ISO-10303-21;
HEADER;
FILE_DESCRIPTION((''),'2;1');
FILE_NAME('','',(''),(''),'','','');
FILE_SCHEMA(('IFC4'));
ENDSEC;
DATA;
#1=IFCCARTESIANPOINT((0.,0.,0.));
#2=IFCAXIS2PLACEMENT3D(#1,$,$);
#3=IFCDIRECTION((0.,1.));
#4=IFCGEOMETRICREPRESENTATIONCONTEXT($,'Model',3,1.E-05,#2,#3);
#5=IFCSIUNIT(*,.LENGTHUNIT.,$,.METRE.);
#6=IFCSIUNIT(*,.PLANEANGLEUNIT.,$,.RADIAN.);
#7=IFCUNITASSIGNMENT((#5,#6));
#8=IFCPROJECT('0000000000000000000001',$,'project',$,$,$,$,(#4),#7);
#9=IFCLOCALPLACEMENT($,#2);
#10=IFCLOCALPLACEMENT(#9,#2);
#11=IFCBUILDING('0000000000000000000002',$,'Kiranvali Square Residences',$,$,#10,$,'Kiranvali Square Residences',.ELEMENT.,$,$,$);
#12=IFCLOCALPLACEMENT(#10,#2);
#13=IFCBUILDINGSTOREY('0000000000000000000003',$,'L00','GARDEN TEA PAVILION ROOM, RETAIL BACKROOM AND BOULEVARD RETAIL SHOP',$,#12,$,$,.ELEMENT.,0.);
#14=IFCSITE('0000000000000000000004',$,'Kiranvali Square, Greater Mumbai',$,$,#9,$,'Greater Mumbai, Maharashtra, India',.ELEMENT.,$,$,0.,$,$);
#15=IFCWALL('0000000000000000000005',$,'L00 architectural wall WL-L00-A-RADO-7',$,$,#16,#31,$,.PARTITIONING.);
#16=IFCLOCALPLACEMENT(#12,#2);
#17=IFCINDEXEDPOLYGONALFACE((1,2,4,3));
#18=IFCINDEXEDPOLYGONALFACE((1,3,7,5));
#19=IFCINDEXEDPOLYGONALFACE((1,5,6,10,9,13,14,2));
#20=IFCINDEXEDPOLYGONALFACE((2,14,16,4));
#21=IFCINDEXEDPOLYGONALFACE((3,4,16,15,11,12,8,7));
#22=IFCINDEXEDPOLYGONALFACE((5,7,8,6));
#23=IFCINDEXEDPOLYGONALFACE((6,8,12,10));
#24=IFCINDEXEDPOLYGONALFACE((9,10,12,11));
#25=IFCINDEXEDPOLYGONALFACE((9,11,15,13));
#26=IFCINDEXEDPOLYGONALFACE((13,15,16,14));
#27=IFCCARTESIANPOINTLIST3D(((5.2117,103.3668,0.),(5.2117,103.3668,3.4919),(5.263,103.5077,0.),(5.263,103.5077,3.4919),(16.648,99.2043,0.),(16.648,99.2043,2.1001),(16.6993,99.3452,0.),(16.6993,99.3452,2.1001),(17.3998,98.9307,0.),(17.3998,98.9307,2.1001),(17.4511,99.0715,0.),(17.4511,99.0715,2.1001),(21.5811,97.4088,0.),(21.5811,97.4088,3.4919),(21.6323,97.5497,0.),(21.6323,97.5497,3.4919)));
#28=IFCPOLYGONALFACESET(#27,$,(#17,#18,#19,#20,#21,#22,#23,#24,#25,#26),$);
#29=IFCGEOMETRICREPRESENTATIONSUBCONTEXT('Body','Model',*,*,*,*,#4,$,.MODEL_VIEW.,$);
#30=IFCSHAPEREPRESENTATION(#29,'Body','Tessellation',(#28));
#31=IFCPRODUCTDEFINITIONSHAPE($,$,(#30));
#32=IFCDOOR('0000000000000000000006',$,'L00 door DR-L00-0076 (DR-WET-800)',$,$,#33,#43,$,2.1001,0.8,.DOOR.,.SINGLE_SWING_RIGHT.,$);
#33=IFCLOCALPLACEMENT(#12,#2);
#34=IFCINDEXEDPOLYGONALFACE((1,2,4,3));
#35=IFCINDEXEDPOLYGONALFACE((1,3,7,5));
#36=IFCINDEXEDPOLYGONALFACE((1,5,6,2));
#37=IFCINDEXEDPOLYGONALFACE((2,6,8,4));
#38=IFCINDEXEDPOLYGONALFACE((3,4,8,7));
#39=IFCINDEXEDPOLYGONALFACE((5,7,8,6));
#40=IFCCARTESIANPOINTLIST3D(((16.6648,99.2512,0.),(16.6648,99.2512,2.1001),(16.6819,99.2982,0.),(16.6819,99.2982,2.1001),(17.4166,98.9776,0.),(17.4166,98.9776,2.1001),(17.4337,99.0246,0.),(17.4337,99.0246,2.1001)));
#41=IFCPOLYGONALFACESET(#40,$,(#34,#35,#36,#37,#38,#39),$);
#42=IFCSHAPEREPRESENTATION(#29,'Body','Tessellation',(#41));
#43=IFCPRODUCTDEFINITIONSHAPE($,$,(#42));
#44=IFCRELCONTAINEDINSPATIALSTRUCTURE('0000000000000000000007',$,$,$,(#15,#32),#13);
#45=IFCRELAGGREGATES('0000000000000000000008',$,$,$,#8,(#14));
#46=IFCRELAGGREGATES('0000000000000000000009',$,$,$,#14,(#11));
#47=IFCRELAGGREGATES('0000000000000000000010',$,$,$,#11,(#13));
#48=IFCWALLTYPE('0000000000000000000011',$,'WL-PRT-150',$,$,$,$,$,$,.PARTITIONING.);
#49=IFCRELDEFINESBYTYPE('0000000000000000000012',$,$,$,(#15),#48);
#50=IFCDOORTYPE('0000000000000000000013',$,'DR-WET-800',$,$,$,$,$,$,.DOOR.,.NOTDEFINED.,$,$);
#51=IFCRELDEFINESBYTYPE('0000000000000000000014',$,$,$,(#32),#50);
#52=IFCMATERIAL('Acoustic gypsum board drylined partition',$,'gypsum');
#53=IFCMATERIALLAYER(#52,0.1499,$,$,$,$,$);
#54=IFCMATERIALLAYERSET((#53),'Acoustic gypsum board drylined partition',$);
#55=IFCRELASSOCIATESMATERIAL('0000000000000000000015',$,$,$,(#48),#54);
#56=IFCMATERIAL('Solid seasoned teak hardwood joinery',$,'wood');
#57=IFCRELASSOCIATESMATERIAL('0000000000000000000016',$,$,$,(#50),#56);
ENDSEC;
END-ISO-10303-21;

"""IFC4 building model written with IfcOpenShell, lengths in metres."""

from ifc_helpers import new_model, si_unit, direction, frame, frame_2d, origin, place, context, subcontext, project, spatial, rectangle, extrude, material, layer, layer_set, type_object, element, fill, save


model = new_model("IFC4")

# Units and contexts
model_context = context("Model", 3, precision=1e-05, world=origin(), true_north=direction((0.0, 1.0)))
body_context = subcontext(model_context, "Body", "Model", "MODEL_VIEW")
ifc_project = project(units=[si_unit("LENGTHUNIT", "METRE"), si_unit("PLANEANGLEUNIT", "RADIAN")], contexts=[model_context])

# Site, building, storey
site_placement = place(None, origin())
site = spatial("IfcSite", under=ifc_project, at=site_placement, Name="Kiranvali Square, Greater Mumbai", LongName="Greater Mumbai, Maharashtra, India", CompositionType="ELEMENT", RefElevation=0.0)
building_placement = place(site_placement, origin())
building = spatial("IfcBuilding", under=site, at=building_placement, Name="Kiranvali Square Residences", LongName="Kiranvali Square Residences", CompositionType="ELEMENT")
storey_placement = place(building_placement, origin())
storey = spatial("IfcBuildingStorey", under=building, at=storey_placement, Name="L00", Description="GARDEN TEA PAVILION ROOM, RETAIL BACKROOM AND BOULEVARD RETAIL SHOP", CompositionType="ELEMENT", Elevation=0.0)

# Wall, opening, door
ifc_material_1 = material(Name="Acoustic gypsum board drylined partition", Category="gypsum")
ifc_layer_1 = layer(ifc_material_1, 0.1499)
ifc_layer_set_1 = layer_set([ifc_layer_1], Name="Acoustic gypsum board drylined partition")
wall_type_1 = type_object("IfcWallType", Name="WL-PRT-150", PredefinedType="PARTITIONING", material=ifc_layer_set_1)
wall_1_placement = place(storey_placement, frame((21.6067, 97.4792, 0.0), z_axis=(0.0, 0.0, 1.0), x_axis=(-0.939692, 0.342022, 0.0)))
wall_1 = element("IfcWall", 1, at=wall_1_placement, inside=storey, type_object=wall_type_1, Name="L00 architectural wall WL-L00-A-RADO-7", PredefinedType="PARTITIONING", context=body_context, shape_type="SweptSolid", body=[
    extrude(rectangle(XDim=17.4199, YDim=0.1499, at=frame_2d((8.71, 0.0))), origin(), (0.0, 0.0, 1.0), 3.4919),
])
opening_1_placement = place(wall_1_placement, frame((4.4497, 0.0, 0.0)))
opening_1 = element("IfcOpeningElement", 2, at=opening_1_placement, cuts=wall_1, PredefinedType="OPENING", context=body_context, shape_type="SweptSolid", body=[
    extrude(rectangle(XDim=0.8, YDim=2.1001, at=frame_2d((0.3999, 1.05))), frame((0.0, 0.085, 0.0), z_axis=(0.0, -1.0, 0.0), x_axis=(1.0, 0.0, 0.0)), (0.0, 0.0, 1.0), 0.1699),
])
ifc_material_2 = material(Name="Solid seasoned teak hardwood joinery", Category="wood")
door_type_1 = type_object("IfcDoorType", Name="DR-WET-800", OperationType="NOTDEFINED", PredefinedType="DOOR", material=ifc_material_2)
door_1_placement = place(opening_1_placement, frame((0.8, 0.0, 0.0), z_axis=(0.0, 0.0, 1.0), x_axis=(-1.0, 0.0, 0.0)))
door_1 = element("IfcDoor", 3, at=door_1_placement, inside=storey, type_object=door_type_1, Name="L00 door DR-L00-0076 (DR-WET-800)", OperationType="SINGLE_SWING_RIGHT", OverallHeight=2.1001, OverallWidth=0.8, PredefinedType="DOOR", context=body_context, shape_type="SweptSolid", body=[
    extrude(rectangle(XDim=0.8, YDim=2.1001, at=frame_2d((0.3999, 1.05))), frame((0.0, 0.0249, 0.0), z_axis=(0.0, -1.0, 0.0), x_axis=(1.0, 0.0, 0.0)), (0.0, 0.0, 1.0), 0.05),
])
fill(opening_1, door_1)

save(model, "model.ifc")
